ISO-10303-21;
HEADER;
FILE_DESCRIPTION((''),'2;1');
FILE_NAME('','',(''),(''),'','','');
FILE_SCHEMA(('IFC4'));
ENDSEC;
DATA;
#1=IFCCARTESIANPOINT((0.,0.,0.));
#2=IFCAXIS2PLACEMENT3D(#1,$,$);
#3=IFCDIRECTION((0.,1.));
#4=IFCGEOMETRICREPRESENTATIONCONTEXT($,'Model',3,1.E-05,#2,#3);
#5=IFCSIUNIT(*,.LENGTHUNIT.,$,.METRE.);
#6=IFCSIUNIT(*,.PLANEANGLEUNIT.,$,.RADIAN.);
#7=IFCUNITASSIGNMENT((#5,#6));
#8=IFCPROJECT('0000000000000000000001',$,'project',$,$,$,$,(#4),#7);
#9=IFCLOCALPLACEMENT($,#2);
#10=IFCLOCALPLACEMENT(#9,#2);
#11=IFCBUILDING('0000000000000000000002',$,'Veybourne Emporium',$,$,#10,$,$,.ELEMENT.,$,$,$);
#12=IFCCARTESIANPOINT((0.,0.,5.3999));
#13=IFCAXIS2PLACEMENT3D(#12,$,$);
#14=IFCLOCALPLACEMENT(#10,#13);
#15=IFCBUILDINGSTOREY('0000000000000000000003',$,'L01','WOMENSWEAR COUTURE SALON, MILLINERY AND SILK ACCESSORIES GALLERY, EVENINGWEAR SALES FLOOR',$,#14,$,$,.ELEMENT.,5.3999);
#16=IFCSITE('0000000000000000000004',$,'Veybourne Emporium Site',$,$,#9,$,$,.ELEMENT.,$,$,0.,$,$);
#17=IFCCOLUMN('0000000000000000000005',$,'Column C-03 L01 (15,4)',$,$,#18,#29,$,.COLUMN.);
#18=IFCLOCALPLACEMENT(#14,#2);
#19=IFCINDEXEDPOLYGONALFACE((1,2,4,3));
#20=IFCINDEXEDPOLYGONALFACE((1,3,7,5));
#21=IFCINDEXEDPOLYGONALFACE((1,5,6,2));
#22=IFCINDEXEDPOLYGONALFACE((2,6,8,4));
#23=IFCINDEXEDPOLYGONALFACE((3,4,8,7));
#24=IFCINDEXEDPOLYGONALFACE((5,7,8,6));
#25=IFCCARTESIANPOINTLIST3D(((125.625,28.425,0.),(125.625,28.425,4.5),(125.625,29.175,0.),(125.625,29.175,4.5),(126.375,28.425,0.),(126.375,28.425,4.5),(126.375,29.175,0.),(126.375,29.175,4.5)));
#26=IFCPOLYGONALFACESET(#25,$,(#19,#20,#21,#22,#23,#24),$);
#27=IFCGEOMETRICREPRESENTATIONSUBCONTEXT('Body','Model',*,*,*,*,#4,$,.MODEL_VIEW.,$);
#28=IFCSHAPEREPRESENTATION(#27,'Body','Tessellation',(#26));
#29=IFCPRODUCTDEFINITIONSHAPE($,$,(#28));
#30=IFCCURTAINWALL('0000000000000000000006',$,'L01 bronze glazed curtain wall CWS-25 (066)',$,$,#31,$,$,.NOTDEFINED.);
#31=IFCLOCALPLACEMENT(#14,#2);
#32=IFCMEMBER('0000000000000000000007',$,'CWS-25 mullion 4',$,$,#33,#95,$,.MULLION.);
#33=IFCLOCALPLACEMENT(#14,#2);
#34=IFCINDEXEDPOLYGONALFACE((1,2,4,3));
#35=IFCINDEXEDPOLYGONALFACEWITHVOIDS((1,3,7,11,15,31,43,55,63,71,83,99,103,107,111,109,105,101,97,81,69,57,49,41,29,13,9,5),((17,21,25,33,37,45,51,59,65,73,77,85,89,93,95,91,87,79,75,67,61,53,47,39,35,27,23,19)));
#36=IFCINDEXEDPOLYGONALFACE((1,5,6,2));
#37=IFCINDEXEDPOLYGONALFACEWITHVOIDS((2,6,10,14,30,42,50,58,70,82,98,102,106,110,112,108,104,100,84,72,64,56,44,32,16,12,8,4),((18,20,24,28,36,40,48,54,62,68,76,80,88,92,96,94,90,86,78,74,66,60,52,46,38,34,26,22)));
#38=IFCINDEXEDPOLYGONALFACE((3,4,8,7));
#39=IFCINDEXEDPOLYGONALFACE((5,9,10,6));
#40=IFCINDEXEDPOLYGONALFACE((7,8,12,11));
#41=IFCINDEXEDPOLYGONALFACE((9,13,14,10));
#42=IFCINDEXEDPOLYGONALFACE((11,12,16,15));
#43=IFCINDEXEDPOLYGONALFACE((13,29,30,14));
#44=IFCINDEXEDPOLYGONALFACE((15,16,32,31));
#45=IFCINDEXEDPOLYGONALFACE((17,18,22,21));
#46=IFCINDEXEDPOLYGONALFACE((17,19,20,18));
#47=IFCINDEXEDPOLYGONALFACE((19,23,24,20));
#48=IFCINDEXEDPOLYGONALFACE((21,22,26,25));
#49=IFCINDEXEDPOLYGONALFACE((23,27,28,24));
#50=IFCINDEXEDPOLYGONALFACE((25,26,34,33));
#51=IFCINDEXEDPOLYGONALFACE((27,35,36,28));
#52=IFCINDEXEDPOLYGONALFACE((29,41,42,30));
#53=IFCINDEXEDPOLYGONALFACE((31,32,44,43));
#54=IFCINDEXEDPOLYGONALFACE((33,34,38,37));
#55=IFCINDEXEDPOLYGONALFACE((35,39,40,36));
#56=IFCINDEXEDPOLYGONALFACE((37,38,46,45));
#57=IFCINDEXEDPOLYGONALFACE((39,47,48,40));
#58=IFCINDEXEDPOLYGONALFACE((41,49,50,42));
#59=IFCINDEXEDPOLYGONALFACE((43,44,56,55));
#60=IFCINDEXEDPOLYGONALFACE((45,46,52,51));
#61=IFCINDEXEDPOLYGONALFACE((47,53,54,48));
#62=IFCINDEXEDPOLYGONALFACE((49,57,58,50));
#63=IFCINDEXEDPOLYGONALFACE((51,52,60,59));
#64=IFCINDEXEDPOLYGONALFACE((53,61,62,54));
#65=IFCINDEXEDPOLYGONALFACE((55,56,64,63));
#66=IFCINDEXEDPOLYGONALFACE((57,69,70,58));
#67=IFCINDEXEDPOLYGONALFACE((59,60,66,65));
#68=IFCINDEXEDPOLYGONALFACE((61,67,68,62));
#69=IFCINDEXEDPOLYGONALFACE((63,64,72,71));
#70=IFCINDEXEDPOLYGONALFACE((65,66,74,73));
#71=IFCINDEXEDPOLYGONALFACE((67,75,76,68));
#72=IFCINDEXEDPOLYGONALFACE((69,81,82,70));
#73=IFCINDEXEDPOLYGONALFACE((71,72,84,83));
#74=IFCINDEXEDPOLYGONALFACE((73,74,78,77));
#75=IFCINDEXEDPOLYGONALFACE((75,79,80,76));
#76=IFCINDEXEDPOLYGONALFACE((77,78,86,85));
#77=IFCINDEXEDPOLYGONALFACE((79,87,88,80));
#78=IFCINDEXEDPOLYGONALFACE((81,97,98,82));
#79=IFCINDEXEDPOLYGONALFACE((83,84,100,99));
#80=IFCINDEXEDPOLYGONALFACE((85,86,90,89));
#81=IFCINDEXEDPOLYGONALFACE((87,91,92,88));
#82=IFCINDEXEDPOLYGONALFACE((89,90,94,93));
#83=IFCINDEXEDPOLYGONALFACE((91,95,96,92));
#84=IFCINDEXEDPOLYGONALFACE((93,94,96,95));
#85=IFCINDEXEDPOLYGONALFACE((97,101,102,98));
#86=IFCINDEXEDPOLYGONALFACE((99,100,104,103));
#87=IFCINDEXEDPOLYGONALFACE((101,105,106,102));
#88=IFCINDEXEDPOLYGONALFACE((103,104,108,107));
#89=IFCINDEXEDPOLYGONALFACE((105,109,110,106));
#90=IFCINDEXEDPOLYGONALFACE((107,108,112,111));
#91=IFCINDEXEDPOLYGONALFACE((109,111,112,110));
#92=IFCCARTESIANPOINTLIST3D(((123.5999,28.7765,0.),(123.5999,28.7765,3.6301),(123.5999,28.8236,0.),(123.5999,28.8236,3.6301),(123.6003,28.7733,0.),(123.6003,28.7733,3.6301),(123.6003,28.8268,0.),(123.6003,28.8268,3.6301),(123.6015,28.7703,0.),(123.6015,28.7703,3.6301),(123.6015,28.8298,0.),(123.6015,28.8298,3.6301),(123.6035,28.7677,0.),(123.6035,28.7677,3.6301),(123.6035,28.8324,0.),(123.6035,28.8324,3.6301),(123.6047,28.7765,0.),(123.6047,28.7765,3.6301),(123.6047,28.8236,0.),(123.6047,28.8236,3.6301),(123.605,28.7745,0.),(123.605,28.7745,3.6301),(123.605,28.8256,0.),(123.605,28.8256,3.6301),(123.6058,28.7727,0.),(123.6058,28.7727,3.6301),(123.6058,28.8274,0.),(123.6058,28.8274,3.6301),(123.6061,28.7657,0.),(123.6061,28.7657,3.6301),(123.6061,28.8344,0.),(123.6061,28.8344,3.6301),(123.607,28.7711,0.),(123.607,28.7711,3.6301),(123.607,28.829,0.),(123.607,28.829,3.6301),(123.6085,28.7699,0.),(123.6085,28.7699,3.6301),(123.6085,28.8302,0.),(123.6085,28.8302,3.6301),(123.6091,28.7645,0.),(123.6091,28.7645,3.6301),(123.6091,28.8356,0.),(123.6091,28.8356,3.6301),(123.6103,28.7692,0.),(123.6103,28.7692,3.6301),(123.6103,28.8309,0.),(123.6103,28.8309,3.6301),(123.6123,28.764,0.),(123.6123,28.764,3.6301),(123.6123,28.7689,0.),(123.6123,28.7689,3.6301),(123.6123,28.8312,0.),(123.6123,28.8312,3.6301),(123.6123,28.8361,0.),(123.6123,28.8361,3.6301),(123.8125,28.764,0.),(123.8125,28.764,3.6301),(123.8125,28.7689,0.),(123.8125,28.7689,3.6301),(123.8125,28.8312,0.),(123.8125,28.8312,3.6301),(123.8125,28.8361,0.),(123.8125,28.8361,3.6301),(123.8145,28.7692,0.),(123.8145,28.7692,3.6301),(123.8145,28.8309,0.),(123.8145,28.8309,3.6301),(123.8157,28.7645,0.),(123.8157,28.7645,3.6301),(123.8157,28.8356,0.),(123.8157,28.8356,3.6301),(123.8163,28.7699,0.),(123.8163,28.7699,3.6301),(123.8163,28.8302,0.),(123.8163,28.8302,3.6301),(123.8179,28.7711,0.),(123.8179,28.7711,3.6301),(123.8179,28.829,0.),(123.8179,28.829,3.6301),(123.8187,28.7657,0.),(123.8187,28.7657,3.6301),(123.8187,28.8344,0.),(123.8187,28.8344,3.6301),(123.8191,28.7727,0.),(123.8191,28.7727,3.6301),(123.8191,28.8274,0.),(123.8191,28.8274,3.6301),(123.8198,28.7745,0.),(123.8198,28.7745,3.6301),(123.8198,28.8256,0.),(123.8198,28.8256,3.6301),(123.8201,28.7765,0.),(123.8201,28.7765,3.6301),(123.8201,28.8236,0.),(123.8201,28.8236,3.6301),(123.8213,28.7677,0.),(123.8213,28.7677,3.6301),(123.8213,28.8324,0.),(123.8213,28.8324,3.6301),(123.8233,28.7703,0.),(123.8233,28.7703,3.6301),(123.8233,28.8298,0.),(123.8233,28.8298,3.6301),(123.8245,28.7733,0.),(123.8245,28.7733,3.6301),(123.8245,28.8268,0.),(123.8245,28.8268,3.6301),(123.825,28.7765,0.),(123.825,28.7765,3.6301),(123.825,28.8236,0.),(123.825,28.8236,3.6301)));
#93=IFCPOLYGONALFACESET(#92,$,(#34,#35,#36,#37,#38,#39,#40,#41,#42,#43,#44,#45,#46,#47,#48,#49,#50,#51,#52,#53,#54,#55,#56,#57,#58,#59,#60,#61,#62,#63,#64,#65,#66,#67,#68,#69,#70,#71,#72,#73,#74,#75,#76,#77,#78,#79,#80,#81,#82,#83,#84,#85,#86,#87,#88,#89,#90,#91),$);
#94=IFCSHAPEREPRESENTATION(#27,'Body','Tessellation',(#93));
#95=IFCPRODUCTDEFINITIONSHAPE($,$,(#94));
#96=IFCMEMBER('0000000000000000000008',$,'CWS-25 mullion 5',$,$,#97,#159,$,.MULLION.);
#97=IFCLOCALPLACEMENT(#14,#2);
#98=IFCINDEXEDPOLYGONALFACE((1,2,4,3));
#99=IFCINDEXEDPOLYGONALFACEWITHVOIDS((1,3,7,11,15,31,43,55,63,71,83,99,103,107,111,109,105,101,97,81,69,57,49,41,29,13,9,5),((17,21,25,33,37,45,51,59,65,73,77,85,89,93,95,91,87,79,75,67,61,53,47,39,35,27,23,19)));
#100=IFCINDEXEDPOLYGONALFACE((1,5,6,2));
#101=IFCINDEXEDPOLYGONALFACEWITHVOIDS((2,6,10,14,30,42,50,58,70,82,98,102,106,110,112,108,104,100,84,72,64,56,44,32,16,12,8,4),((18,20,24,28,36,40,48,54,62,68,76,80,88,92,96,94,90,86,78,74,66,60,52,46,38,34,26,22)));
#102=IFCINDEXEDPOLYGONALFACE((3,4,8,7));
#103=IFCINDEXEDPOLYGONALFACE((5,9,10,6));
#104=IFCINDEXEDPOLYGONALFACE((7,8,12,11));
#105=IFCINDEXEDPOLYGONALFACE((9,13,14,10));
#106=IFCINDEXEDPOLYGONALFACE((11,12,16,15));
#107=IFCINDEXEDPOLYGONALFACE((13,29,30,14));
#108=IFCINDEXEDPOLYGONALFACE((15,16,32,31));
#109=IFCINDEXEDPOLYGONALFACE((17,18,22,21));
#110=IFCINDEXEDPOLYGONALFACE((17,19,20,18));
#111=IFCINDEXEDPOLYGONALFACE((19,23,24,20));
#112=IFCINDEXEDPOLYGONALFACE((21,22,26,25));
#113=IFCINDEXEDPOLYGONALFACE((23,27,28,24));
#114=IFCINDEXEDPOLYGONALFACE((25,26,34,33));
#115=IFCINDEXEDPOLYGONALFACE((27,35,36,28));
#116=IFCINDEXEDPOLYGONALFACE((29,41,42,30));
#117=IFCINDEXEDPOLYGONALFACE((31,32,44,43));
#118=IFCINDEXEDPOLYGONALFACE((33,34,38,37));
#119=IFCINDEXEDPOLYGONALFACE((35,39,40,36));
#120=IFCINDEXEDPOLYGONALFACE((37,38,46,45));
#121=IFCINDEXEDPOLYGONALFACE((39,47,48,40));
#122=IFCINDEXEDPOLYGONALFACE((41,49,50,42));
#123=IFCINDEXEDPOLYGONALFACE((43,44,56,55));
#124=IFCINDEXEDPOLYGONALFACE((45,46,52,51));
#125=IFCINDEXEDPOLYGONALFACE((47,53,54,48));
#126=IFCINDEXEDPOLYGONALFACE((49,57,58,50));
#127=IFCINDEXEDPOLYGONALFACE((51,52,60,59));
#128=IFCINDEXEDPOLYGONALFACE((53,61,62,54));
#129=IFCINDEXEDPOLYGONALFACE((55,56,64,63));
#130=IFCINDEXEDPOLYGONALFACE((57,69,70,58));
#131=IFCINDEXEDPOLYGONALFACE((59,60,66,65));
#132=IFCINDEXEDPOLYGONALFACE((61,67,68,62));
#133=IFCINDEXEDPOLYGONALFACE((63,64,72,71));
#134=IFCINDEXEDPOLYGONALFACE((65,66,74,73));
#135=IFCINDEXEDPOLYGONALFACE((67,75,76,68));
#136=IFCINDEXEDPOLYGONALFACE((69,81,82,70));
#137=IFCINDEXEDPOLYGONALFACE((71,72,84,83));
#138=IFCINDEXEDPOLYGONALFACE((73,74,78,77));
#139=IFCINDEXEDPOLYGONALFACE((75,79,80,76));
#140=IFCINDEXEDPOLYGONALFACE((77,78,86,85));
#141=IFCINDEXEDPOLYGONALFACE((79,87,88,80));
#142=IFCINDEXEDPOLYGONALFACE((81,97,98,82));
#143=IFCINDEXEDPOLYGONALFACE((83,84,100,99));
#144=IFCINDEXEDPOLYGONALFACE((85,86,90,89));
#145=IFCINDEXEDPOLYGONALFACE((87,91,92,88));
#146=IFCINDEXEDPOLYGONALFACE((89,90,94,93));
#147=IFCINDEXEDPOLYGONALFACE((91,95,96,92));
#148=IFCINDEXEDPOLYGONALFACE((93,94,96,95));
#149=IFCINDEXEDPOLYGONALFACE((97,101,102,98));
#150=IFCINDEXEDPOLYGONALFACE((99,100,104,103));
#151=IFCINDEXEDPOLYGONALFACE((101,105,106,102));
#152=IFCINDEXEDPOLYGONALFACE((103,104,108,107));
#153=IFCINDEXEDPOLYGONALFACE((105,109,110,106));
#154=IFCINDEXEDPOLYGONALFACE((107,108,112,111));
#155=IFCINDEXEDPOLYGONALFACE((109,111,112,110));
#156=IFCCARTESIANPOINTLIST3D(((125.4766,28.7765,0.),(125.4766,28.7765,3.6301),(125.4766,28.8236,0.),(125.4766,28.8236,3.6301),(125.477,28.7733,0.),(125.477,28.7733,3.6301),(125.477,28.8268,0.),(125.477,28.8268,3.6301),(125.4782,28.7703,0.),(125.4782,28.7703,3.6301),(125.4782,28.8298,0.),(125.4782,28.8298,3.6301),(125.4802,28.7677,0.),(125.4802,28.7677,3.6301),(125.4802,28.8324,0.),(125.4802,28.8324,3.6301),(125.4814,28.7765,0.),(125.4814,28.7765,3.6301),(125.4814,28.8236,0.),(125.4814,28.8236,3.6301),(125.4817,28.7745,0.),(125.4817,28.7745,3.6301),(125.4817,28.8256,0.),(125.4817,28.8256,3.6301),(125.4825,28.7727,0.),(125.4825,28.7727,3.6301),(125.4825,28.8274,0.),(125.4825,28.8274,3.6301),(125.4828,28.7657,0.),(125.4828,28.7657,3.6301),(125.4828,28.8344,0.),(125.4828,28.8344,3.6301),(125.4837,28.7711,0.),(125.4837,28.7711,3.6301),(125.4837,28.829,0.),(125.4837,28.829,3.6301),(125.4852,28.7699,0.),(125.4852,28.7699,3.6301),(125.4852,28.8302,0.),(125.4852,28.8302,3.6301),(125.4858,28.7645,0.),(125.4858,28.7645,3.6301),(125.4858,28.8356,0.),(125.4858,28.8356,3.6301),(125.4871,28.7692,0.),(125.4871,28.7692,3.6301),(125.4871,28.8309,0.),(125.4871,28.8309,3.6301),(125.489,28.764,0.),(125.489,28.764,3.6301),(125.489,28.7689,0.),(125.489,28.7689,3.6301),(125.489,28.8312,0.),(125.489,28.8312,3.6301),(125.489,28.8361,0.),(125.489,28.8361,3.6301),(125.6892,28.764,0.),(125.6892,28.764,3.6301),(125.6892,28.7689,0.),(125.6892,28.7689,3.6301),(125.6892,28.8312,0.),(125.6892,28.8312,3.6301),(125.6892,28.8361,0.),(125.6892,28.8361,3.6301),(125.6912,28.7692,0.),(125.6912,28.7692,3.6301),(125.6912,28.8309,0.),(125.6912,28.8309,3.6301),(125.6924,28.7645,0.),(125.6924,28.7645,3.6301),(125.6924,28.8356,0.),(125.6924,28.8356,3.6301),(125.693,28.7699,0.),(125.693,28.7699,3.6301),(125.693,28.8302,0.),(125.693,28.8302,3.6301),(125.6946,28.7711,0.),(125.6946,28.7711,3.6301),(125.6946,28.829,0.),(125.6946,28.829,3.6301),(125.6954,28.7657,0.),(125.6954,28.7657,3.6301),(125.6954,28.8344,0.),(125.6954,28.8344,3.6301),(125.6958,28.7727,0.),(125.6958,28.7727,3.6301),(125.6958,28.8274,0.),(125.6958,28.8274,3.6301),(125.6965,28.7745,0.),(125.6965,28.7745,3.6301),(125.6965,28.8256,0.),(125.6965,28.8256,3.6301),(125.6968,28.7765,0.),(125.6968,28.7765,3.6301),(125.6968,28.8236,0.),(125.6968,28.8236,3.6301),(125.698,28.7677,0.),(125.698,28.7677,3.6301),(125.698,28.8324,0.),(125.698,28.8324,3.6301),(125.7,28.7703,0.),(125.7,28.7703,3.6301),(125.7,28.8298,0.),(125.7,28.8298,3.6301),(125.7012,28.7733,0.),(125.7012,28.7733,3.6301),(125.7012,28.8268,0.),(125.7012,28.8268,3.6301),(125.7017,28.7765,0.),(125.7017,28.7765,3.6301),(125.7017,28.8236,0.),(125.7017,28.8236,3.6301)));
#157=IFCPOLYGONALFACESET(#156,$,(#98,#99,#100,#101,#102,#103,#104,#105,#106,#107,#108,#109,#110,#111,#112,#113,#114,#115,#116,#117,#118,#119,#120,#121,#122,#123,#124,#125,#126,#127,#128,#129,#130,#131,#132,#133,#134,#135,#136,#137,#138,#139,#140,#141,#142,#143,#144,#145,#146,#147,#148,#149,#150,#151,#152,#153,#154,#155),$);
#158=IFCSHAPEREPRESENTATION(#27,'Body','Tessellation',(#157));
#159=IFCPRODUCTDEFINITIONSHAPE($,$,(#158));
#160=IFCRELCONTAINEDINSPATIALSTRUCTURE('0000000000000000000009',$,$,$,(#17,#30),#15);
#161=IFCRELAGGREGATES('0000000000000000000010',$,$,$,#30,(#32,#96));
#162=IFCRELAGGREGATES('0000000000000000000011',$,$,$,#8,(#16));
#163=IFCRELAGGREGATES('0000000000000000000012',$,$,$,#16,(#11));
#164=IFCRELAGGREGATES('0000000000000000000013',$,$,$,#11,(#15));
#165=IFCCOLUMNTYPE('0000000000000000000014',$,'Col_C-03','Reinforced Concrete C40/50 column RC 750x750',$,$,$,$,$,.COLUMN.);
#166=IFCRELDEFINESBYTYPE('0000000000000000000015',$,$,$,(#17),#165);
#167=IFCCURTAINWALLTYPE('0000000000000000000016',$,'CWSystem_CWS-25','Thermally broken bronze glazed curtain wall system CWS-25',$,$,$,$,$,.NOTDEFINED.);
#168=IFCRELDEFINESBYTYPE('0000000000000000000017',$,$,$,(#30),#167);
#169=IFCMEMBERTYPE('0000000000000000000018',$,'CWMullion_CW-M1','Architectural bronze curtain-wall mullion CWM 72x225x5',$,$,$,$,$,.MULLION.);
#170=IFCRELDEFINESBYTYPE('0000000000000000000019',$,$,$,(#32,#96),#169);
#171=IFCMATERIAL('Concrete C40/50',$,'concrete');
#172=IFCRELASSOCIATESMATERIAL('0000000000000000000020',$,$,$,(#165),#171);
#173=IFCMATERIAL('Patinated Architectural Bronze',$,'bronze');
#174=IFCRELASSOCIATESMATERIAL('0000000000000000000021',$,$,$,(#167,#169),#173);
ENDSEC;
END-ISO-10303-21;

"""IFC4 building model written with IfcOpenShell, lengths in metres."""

from ifc_helpers import new_model, si_unit, direction, frame, origin, origin_2d, place, context, subcontext, project, spatial, rectangle, hollow_rectangle, extrude, material, material_profile, profile_set, type_object, element, aggregate, save


model = new_model("IFC4")

# Units and contexts
model_context = context("Model", 3, precision=1e-05, world=origin(), true_north=direction((0.0, 1.0)))
body_context = subcontext(model_context, "Body", "Model", "MODEL_VIEW")
ifc_project = project(units=[si_unit("LENGTHUNIT", "METRE"), si_unit("PLANEANGLEUNIT", "RADIAN")], contexts=[model_context])

# Site, building, storey
site_placement = place(None, origin())
site = spatial("IfcSite", under=ifc_project, at=site_placement, Name="Veybourne Emporium Site", CompositionType="ELEMENT", RefElevation=0.0)
building_placement = place(site_placement, origin())
building = spatial("IfcBuilding", under=site, at=building_placement, Name="Veybourne Emporium", CompositionType="ELEMENT")
storey_placement = place(building_placement, frame((0.0, 0.0, 5.3999)))
storey = spatial("IfcBuildingStorey", under=building, at=storey_placement, Name="L01", Description="WOMENSWEAR COUTURE SALON, MILLINERY AND SILK ACCESSORIES GALLERY, EVENINGWEAR SALES FLOOR", CompositionType="ELEMENT", Elevation=5.3999)

# Column
ifc_material_1 = material(Name="Concrete C40/50", Category="concrete")
ifc_material_profile_1 = material_profile(ifc_material_1, rectangle(XDim=0.75, YDim=0.75, at=origin_2d()), Name="RC 750x750")
ifc_profile_set_1 = profile_set([ifc_material_profile_1], Name="Concrete C40/50")
column_type = type_object("IfcColumnType", Name="Col_C-03", Description="Reinforced Concrete C40/50 column RC 750x750", PredefinedType="COLUMN", material=ifc_profile_set_1)
column_placement = place(storey_placement, frame((126.0, 28.8, 0.0), z_axis=(0.0, 0.0, 1.0), x_axis=(1.0, 0.0, 0.0)))
element("IfcColumn", 1, at=column_placement, inside=storey, type_object=column_type, Name="Column C-03 L01 (15,4)", PredefinedType="COLUMN", context=body_context, shape_type="SweptSolid", body=[
    extrude(rectangle(XDim=0.75, YDim=0.75, at=origin_2d()), origin(), (0.0, 0.0, 1.0), 4.5),
])

# Curtain wall, members
ifc_material_2 = material(Name="Patinated Architectural Bronze", Category="bronze")
curtain_wall_type = type_object("IfcCurtainWallType", Name="CWSystem_CWS-25", Description="Thermally broken bronze glazed curtain wall system CWS-25", PredefinedType="NOTDEFINED", material=ifc_material_2)
curtain_wall_placement = place(storey_placement, origin())
curtain_wall = element("IfcCurtainWall", 2, at=curtain_wall_placement, inside=storey, type_object=curtain_wall_type, Name="L01 bronze glazed curtain wall CWS-25 (066)", PredefinedType="NOTDEFINED")
ifc_material_profile_2 = material_profile(ifc_material_2, hollow_rectangle(XDim=0.072, YDim=0.2251, WallThickness=0.0049, InnerFilletRadius=0.0076, OuterFilletRadius=0.0125, at=origin_2d()), Name="CWM 72x225x5")
ifc_profile_set_2 = profile_set([ifc_material_profile_2], Name="Patinated Architectural Bronze")
member_type_1 = type_object("IfcMemberType", Name="CWMullion_CW-M1", Description="Architectural bronze curtain-wall mullion CWM 72x225x5", PredefinedType="MULLION", material=ifc_profile_set_2)
member_1_placement = place(storey_placement, frame((123.7124, 28.8, 0.0), z_axis=(0.0, 0.0, 1.0), x_axis=(0.0, 1.0, 0.0)))
member_1 = element("IfcMember", 3, at=member_1_placement, type_object=member_type_1, Name="CWS-25 mullion 4", PredefinedType="MULLION", context=body_context, shape_type="SweptSolid", body=[
    extrude(hollow_rectangle(XDim=0.072, YDim=0.2251, WallThickness=0.0049, InnerFilletRadius=0.0076, OuterFilletRadius=0.0125, at=origin_2d()), origin(), (0.0, 0.0, 1.0), 3.6301),
])
member_2_placement = place(storey_placement, frame((125.5891, 28.8, 0.0), z_axis=(0.0, 0.0, 1.0), x_axis=(0.0, 1.0, 0.0)))
member_2 = element("IfcMember", 4, at=member_2_placement, type_object=member_type_1, Name="CWS-25 mullion 5", PredefinedType="MULLION", context=body_context, shape_type="SweptSolid", body=[
    extrude(hollow_rectangle(XDim=0.072, YDim=0.2251, WallThickness=0.0049, InnerFilletRadius=0.0076, OuterFilletRadius=0.0125, at=origin_2d()), origin(), (0.0, 0.0, 1.0), 3.6301),
])

aggregate(curtain_wall, [member_1, member_2])

save(model, "model.ifc")
